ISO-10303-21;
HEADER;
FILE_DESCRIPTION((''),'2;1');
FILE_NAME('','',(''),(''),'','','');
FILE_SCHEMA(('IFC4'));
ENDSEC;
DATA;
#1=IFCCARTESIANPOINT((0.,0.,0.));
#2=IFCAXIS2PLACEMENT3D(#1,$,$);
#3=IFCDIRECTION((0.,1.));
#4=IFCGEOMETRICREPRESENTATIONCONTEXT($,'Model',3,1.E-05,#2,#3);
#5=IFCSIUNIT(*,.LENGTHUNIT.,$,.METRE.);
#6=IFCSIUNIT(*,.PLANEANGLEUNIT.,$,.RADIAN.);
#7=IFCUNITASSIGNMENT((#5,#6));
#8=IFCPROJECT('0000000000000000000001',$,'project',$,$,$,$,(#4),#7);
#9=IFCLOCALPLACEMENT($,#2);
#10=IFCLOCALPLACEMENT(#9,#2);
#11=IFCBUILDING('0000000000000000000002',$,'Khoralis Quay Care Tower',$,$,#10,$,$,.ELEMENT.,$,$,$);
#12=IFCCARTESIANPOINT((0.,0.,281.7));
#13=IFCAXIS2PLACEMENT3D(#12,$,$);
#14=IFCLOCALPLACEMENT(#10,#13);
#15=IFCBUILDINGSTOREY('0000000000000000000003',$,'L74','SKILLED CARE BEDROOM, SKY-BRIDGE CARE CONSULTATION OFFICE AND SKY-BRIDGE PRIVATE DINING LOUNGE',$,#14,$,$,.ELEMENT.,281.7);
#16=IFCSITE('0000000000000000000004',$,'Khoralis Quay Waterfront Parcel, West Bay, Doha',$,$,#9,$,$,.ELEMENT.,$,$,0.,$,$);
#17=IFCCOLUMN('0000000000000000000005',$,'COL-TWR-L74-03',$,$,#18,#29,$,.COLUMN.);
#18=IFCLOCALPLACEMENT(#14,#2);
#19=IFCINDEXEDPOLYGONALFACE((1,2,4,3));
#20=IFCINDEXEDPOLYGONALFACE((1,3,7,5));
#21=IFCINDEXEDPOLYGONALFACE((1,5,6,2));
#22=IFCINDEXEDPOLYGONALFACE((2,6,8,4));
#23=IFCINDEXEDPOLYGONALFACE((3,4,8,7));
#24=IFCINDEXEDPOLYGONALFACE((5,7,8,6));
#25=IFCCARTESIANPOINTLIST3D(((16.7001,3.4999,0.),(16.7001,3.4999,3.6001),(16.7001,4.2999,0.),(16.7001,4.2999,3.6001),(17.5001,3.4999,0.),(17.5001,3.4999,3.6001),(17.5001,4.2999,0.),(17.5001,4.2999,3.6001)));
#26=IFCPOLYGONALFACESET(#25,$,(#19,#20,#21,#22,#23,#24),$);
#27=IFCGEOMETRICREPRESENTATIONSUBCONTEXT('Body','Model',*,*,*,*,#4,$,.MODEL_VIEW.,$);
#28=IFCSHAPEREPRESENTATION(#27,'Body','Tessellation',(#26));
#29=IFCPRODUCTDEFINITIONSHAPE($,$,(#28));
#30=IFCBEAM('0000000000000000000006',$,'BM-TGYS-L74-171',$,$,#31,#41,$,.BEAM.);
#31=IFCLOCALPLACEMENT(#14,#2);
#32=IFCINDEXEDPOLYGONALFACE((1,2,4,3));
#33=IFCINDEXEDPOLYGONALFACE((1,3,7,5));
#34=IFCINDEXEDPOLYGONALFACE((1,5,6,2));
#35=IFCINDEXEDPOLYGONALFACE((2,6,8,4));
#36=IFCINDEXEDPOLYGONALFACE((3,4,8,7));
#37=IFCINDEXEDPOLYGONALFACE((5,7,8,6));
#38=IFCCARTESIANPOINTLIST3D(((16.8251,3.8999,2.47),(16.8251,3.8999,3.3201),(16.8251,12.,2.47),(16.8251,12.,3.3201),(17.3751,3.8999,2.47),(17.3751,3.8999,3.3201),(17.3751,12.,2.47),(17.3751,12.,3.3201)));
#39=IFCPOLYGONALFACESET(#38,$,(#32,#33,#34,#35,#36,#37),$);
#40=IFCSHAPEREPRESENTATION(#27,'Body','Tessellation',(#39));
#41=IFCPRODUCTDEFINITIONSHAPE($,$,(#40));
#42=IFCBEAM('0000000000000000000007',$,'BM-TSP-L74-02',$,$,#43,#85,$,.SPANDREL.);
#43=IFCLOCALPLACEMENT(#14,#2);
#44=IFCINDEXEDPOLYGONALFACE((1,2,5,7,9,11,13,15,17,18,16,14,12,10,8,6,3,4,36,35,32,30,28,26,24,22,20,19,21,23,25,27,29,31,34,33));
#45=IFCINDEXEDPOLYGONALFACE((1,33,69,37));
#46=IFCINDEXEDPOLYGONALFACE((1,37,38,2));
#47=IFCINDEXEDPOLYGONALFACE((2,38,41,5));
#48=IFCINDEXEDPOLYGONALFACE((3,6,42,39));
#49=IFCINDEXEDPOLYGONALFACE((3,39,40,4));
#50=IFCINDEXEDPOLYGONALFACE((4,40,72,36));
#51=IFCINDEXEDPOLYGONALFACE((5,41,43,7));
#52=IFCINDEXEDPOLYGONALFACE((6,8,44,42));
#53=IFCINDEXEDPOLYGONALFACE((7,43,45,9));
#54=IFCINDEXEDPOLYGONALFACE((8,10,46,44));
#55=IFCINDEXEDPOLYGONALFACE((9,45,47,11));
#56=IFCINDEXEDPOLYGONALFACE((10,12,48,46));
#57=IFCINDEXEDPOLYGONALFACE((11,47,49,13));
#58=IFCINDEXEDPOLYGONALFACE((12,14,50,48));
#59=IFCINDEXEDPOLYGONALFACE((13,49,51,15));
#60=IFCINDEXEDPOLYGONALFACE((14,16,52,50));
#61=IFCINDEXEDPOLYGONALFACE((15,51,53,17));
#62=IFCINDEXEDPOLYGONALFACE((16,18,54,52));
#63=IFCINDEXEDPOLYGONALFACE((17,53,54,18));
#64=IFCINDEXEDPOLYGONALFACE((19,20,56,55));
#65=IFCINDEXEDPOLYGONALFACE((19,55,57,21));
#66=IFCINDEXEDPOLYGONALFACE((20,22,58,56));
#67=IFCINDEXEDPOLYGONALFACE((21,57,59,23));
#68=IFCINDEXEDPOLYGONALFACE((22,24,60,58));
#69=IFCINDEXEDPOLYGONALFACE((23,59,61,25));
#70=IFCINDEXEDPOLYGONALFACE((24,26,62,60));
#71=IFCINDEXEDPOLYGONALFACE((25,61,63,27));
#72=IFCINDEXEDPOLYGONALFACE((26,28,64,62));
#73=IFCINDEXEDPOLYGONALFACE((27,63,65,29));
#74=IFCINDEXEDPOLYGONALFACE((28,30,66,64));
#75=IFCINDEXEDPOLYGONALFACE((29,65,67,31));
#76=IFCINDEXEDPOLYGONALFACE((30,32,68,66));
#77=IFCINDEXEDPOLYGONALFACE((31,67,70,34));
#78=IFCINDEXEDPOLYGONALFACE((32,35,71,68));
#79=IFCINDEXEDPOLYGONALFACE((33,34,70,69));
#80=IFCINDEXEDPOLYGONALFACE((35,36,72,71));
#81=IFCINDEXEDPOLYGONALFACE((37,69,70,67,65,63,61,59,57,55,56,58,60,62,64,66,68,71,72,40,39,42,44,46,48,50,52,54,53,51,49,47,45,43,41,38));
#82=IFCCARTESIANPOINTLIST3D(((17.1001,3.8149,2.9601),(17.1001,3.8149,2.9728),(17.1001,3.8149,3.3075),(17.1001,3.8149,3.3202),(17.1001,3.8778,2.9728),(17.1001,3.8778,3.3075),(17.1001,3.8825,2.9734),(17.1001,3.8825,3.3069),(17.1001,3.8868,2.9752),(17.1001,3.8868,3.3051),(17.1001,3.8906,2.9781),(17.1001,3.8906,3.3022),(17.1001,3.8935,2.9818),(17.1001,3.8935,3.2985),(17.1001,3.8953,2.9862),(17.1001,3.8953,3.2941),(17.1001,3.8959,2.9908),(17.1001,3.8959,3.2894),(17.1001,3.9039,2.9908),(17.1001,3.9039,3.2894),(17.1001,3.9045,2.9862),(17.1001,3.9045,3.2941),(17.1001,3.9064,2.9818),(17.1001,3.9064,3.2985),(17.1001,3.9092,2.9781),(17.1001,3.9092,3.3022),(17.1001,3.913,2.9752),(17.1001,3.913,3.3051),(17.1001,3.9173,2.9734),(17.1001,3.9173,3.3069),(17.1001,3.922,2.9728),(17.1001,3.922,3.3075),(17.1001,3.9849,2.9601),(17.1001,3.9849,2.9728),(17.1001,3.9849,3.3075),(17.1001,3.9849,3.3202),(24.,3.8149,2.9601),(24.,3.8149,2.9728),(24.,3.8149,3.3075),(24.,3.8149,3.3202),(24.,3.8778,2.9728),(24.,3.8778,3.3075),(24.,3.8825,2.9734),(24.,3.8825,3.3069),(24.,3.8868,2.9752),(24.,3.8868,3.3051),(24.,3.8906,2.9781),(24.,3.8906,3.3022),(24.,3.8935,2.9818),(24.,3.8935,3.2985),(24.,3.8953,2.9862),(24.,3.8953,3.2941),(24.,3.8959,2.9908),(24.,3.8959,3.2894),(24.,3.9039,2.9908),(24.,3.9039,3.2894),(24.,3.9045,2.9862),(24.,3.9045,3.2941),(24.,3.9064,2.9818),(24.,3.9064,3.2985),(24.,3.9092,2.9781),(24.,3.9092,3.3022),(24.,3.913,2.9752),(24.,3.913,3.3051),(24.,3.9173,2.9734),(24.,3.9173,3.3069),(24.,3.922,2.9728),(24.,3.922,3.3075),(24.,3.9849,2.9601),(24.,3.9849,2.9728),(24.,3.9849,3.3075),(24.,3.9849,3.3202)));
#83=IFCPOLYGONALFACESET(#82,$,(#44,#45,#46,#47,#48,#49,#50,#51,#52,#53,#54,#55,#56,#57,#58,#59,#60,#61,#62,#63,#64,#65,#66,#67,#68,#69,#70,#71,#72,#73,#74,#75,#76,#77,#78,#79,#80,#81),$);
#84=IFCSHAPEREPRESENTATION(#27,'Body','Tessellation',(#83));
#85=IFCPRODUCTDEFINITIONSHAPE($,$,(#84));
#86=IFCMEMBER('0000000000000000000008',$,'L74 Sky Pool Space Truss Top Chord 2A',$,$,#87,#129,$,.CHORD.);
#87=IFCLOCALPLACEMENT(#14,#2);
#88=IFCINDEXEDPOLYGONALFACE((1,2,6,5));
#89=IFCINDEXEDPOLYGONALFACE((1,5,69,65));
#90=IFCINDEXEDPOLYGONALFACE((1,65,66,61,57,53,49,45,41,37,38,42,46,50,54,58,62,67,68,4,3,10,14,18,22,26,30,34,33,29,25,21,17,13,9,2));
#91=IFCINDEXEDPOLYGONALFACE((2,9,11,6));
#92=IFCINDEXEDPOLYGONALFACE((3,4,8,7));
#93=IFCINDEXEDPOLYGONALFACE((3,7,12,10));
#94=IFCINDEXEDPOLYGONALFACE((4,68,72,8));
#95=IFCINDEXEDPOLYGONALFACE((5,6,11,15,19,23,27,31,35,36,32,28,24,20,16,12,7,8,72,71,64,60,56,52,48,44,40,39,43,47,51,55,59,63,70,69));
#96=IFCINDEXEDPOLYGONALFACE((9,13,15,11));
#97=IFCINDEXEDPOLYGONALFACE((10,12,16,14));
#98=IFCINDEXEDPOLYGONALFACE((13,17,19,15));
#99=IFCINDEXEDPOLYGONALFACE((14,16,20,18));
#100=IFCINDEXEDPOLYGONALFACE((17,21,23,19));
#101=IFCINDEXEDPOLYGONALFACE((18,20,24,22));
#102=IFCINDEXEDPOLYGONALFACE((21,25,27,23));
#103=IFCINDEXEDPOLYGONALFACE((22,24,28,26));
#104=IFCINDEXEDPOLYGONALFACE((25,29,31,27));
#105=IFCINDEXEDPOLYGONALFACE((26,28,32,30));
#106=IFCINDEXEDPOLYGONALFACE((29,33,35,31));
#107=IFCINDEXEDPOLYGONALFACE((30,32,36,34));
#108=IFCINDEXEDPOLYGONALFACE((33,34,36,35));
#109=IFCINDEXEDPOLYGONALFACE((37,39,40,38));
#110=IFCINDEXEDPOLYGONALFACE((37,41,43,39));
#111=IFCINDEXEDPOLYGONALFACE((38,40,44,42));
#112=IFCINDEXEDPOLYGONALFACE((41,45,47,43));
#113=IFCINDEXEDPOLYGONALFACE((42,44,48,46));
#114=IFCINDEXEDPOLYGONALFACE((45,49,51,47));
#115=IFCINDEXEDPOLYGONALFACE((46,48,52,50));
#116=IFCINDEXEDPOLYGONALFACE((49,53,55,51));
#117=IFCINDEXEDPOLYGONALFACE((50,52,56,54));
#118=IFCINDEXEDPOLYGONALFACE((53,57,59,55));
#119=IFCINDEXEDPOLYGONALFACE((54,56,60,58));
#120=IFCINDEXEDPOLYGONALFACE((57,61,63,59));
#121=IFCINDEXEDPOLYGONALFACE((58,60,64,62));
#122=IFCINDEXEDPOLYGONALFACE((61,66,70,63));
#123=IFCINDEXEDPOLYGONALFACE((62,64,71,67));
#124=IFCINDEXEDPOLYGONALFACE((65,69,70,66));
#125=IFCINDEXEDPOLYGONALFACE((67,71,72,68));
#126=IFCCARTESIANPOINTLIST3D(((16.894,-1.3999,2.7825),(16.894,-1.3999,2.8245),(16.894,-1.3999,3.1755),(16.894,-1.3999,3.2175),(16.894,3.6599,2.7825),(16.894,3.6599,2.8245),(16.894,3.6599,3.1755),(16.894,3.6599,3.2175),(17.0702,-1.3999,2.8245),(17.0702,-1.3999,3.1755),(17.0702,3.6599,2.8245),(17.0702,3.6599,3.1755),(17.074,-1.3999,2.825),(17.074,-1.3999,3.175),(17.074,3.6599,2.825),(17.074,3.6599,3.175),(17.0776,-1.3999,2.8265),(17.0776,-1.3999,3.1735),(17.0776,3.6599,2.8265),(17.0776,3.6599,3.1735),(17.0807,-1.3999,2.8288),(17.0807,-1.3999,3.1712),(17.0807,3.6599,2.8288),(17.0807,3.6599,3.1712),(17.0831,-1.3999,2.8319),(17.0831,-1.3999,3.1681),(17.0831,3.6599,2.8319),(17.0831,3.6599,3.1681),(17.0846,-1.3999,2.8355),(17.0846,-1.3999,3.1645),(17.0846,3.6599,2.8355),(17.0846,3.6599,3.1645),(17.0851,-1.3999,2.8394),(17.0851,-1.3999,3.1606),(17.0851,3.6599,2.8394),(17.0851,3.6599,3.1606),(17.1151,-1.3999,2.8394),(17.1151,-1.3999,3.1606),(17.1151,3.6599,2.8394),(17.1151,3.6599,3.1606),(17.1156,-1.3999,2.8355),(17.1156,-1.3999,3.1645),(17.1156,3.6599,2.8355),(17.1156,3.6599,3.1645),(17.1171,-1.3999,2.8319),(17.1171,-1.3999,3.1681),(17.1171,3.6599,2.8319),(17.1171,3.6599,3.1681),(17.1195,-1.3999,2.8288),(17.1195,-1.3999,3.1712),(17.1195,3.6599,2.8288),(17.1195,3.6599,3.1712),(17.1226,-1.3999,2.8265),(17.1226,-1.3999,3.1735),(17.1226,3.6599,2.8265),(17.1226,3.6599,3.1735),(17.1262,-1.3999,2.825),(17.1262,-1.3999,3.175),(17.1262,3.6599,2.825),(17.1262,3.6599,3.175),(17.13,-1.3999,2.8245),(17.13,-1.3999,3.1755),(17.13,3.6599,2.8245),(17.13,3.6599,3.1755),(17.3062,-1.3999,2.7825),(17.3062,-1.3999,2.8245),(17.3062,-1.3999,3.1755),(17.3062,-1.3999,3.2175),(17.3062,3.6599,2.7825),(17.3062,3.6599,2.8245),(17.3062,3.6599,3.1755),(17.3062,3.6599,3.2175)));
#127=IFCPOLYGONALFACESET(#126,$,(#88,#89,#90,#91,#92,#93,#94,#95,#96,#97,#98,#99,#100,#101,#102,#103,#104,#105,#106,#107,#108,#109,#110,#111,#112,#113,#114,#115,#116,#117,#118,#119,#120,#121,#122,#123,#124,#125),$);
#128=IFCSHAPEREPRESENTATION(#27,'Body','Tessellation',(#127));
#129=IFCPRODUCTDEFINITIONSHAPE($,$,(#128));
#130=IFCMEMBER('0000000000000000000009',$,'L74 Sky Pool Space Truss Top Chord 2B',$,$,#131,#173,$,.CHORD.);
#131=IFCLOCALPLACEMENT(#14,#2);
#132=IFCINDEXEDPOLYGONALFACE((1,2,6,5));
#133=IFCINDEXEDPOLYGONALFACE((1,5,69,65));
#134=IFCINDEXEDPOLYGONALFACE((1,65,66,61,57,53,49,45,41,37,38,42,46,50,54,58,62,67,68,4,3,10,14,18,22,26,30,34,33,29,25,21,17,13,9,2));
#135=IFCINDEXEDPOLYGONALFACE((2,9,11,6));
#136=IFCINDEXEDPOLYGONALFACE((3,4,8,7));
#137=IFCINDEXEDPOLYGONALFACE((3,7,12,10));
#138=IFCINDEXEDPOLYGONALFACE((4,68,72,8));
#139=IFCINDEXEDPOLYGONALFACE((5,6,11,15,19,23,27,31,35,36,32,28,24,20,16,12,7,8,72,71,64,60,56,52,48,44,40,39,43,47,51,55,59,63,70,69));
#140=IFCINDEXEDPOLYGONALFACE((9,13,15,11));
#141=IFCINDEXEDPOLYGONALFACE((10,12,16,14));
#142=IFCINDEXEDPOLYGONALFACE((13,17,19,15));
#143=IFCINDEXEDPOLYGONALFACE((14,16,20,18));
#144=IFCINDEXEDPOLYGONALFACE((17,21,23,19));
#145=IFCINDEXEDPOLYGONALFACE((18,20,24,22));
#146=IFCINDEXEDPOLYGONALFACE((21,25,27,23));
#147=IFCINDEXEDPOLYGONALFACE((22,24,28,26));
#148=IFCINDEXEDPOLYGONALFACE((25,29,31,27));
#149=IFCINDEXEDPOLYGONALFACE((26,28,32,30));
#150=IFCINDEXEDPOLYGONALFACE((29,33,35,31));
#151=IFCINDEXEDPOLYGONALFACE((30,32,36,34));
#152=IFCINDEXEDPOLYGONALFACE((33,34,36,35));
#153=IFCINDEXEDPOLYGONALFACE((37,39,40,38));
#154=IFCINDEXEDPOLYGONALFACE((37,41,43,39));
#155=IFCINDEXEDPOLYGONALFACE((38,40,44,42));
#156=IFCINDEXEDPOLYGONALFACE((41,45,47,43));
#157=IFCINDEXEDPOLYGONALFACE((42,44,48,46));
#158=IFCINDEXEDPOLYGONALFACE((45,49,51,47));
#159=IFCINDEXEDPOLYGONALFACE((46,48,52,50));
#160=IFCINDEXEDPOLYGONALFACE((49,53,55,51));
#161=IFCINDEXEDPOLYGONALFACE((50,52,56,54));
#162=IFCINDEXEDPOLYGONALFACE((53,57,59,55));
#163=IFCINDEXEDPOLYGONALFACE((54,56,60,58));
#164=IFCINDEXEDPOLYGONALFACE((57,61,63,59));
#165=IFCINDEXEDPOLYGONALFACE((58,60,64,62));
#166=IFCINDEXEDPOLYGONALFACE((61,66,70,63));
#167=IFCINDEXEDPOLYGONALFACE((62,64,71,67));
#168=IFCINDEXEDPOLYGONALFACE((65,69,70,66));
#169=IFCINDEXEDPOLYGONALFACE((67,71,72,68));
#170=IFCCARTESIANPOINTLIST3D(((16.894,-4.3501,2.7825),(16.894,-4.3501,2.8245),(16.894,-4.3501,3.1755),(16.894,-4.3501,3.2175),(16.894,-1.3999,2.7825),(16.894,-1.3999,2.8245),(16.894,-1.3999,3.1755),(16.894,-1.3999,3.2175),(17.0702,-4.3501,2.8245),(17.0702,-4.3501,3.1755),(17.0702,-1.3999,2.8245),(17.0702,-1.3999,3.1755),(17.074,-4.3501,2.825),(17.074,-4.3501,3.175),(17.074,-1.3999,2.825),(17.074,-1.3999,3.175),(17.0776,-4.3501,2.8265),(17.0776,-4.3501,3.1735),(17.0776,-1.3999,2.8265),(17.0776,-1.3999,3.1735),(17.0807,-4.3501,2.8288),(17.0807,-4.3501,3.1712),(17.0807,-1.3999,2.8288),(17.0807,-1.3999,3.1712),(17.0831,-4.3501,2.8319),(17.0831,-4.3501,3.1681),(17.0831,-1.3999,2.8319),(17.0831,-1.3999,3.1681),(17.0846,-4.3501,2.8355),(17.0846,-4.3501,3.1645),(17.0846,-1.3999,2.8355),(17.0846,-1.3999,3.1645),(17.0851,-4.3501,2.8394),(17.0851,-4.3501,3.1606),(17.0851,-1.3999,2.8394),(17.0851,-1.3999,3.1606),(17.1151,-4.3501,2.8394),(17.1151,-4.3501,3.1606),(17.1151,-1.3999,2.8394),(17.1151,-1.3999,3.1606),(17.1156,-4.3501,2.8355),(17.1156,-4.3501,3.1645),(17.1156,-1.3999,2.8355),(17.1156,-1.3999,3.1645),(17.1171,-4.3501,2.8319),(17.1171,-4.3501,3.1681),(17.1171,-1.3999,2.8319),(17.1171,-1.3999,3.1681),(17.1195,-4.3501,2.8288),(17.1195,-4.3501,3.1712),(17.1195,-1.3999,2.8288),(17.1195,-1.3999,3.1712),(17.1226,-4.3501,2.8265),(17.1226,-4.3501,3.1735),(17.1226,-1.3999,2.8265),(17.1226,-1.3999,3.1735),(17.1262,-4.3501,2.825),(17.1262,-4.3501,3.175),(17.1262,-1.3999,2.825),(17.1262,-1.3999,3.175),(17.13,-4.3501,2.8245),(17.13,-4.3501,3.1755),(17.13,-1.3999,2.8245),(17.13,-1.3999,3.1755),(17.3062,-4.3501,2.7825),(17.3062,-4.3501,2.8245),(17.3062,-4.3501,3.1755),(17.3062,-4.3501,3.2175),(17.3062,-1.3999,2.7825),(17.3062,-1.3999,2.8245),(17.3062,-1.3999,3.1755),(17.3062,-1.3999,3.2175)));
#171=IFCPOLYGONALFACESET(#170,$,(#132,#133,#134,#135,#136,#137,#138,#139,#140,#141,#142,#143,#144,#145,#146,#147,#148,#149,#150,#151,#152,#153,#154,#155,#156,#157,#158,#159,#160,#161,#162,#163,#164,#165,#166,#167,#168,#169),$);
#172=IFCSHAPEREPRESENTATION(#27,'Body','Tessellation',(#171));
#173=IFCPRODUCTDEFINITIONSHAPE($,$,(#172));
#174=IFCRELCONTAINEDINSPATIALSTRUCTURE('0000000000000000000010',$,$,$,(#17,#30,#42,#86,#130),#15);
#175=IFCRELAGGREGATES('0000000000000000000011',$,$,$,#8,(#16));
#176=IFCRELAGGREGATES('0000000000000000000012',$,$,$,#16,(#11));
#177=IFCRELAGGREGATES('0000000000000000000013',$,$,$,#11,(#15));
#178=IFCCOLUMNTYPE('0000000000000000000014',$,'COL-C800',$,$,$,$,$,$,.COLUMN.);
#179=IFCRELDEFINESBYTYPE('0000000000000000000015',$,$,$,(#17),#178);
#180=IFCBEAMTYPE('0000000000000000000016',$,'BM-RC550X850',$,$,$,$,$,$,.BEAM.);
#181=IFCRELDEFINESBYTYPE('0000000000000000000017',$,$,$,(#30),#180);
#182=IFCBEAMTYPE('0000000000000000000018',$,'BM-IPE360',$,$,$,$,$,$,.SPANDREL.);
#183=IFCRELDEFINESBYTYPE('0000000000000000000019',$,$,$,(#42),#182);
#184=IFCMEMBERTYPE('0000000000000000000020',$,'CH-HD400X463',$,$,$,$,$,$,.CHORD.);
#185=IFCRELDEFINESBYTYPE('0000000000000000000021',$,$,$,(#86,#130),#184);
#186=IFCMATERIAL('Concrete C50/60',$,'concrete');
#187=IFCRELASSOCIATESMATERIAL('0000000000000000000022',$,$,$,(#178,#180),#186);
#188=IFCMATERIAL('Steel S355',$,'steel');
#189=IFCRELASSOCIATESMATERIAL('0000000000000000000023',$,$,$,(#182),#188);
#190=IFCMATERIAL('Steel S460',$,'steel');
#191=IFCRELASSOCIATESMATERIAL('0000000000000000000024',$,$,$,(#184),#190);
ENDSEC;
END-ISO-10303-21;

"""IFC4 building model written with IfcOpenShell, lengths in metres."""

from ifc_helpers import new_model, si_unit, direction, frame, origin, origin_2d, place, context, subcontext, project, spatial, rectangle, i_section, extrude, source, transform, mapped, material, material_profile, profile_set, type_object, element, save


model = new_model("IFC4")

# Units and contexts
model_context = context("Model", 3, precision=1e-05, world=origin(), true_north=direction((0.0, 1.0)))
body_context = subcontext(model_context, "Body", "Model", "MODEL_VIEW")
ifc_project = project(units=[si_unit("LENGTHUNIT", "METRE"), si_unit("PLANEANGLEUNIT", "RADIAN")], contexts=[model_context])

# Site, building, storey
site_placement = place(None, origin())
site = spatial("IfcSite", under=ifc_project, at=site_placement, Name="Khoralis Quay Waterfront Parcel, West Bay, Doha", CompositionType="ELEMENT", RefElevation=0.0)
building_placement = place(site_placement, origin())
building = spatial("IfcBuilding", under=site, at=building_placement, Name="Khoralis Quay Care Tower", CompositionType="ELEMENT")
storey_placement = place(building_placement, frame((0.0, 0.0, 281.7)))
storey = spatial("IfcBuildingStorey", under=building, at=storey_placement, Name="L74", Description="SKILLED CARE BEDROOM, SKY-BRIDGE CARE CONSULTATION OFFICE AND SKY-BRIDGE PRIVATE DINING LOUNGE", CompositionType="ELEMENT", Elevation=281.7)

# Column
ifc_material_1 = material(Name="Concrete C50/60", Category="concrete")
ifc_material_profile_1 = material_profile(ifc_material_1, rectangle(XDim=0.8, YDim=0.8, at=origin_2d()), Name="Concrete C50/60")
ifc_profile_set_1 = profile_set([ifc_material_profile_1], Name="Concrete C50/60")
column_type = type_object("IfcColumnType", Name="COL-C800", PredefinedType="COLUMN", material=ifc_profile_set_1)
shared_shape_1 = source(origin(), body_context, "Body", "SweptSolid", [
    extrude(rectangle(XDim=0.8, YDim=0.8, at=origin_2d()), origin(), (0.0, 0.0, 1.0), 3.6001),
])
column_placement = place(storey_placement, frame((17.1001, 3.8999, 0.0), z_axis=(0.0, 0.0, 1.0), x_axis=(1.0, 0.0, 0.0)))
element("IfcColumn", 1, at=column_placement, inside=storey, type_object=column_type, Name="COL-TWR-L74-03", PredefinedType="COLUMN", context=body_context, shape_type="MappedRepresentation", body=[
    mapped(shared_shape_1, transform((0.0, 0.0, 0.0), scale=1.0)),
])

# Beams
ifc_material_profile_2 = material_profile(ifc_material_1, rectangle(XDim=0.55, YDim=0.8501, at=origin_2d()), Name="Concrete C50/60")
ifc_profile_set_2 = profile_set([ifc_material_profile_2], Name="Concrete C50/60")
beam_type_1 = type_object("IfcBeamType", Name="BM-RC550X850", PredefinedType="BEAM", material=ifc_profile_set_2)
shared_shape_2 = source(origin(), body_context, "Body", "SweptSolid", [
    extrude(rectangle(XDim=0.55, YDim=0.8501, at=origin_2d()), origin(), (0.0, 0.0, 1.0), 8.1001),
])
beam_1_placement = place(storey_placement, frame((17.1001, 3.8999, 2.895), z_axis=(0.0, 1.0, 0.0), x_axis=(-1.0, 0.0, 0.0)))
element("IfcBeam", 2, at=beam_1_placement, inside=storey, type_object=beam_type_1, Name="BM-TGYS-L74-171", PredefinedType="BEAM", context=body_context, shape_type="MappedRepresentation", body=[
    mapped(shared_shape_2, transform((0.0, 0.0, 0.0), scale=1.0)),
])
ifc_material_2 = material(Name="Steel S355", Category="steel")
ifc_material_profile_3 = material_profile(ifc_material_2, i_section(OverallWidth=0.1699, OverallDepth=0.3601, WebThickness=0.0081, FlangeThickness=0.0127, FilletRadius=0.0181, at=origin_2d()), Name="Steel S355")
ifc_profile_set_3 = profile_set([ifc_material_profile_3], Name="Steel S355")
beam_type_2 = type_object("IfcBeamType", Name="BM-IPE360", PredefinedType="SPANDREL", material=ifc_profile_set_3)
shared_shape_3 = source(origin(), body_context, "Body", "SweptSolid", [
    extrude(i_section(OverallWidth=0.1699, OverallDepth=0.3601, WebThickness=0.0081, FlangeThickness=0.0127, FilletRadius=0.0181, at=origin_2d()), origin(), (0.0, 0.0, 1.0), 6.8999),
])
beam_2_placement = place(storey_placement, frame((17.1001, 3.8999, 3.1401), z_axis=(1.0, 0.0, 0.0), x_axis=(0.0, 1.0, 0.0)))
element("IfcBeam", 3, at=beam_2_placement, inside=storey, type_object=beam_type_2, Name="BM-TSP-L74-02", PredefinedType="SPANDREL", context=body_context, shape_type="MappedRepresentation", body=[
    mapped(shared_shape_3, transform((0.0, 0.0, 0.0), scale=1.0)),
])

# Members
ifc_material_3 = material(Name="Steel S460", Category="steel")
ifc_material_profile_4 = material_profile(ifc_material_3, i_section(OverallWidth=0.4121, OverallDepth=0.4351, WebThickness=0.03, FlangeThickness=0.042, FilletRadius=0.0149, at=origin_2d()), Name="Steel S460")
ifc_profile_set_4 = profile_set([ifc_material_profile_4], Name="Steel S460")
member_type_1 = type_object("IfcMemberType", Name="CH-HD400X463", PredefinedType="CHORD", material=ifc_profile_set_4)
shared_shape_4 = source(origin(), body_context, "Body", "SweptSolid", [
    extrude(i_section(OverallWidth=0.4121, OverallDepth=0.4351, WebThickness=0.03, FlangeThickness=0.042, FilletRadius=0.0149, at=origin_2d()), origin(), (0.0, 0.0, 1.0), 5.0598),
])
member_1_placement = place(storey_placement, frame((17.1001, 3.6599, 3.0), z_axis=(0.0, -1.0, 0.0), x_axis=(1.0, 0.0, 0.0)))
element("IfcMember", 4, at=member_1_placement, inside=storey, type_object=member_type_1, Name="L74 Sky Pool Space Truss Top Chord 2A", PredefinedType="CHORD", context=body_context, shape_type="MappedRepresentation", body=[
    mapped(shared_shape_4, transform((0.0, 0.0, 0.0), scale=1.0)),
])
shared_shape_5 = source(origin(), body_context, "Body", "SweptSolid", [
    extrude(i_section(OverallWidth=0.4121, OverallDepth=0.4351, WebThickness=0.03, FlangeThickness=0.042, FilletRadius=0.0149, at=origin_2d()), origin(), (0.0, 0.0, 1.0), 2.9502),
])
member_2_placement = place(storey_placement, frame((17.1001, -1.3999, 3.0), z_axis=(0.0, -1.0, 0.0), x_axis=(1.0, 0.0, 0.0)))
element("IfcMember", 5, at=member_2_placement, inside=storey, type_object=member_type_1, Name="L74 Sky Pool Space Truss Top Chord 2B", PredefinedType="CHORD", context=body_context, shape_type="MappedRepresentation", body=[
    mapped(shared_shape_5, transform((0.0, 0.0, 0.0), scale=1.0)),
])

save(model, "model.ifc")
